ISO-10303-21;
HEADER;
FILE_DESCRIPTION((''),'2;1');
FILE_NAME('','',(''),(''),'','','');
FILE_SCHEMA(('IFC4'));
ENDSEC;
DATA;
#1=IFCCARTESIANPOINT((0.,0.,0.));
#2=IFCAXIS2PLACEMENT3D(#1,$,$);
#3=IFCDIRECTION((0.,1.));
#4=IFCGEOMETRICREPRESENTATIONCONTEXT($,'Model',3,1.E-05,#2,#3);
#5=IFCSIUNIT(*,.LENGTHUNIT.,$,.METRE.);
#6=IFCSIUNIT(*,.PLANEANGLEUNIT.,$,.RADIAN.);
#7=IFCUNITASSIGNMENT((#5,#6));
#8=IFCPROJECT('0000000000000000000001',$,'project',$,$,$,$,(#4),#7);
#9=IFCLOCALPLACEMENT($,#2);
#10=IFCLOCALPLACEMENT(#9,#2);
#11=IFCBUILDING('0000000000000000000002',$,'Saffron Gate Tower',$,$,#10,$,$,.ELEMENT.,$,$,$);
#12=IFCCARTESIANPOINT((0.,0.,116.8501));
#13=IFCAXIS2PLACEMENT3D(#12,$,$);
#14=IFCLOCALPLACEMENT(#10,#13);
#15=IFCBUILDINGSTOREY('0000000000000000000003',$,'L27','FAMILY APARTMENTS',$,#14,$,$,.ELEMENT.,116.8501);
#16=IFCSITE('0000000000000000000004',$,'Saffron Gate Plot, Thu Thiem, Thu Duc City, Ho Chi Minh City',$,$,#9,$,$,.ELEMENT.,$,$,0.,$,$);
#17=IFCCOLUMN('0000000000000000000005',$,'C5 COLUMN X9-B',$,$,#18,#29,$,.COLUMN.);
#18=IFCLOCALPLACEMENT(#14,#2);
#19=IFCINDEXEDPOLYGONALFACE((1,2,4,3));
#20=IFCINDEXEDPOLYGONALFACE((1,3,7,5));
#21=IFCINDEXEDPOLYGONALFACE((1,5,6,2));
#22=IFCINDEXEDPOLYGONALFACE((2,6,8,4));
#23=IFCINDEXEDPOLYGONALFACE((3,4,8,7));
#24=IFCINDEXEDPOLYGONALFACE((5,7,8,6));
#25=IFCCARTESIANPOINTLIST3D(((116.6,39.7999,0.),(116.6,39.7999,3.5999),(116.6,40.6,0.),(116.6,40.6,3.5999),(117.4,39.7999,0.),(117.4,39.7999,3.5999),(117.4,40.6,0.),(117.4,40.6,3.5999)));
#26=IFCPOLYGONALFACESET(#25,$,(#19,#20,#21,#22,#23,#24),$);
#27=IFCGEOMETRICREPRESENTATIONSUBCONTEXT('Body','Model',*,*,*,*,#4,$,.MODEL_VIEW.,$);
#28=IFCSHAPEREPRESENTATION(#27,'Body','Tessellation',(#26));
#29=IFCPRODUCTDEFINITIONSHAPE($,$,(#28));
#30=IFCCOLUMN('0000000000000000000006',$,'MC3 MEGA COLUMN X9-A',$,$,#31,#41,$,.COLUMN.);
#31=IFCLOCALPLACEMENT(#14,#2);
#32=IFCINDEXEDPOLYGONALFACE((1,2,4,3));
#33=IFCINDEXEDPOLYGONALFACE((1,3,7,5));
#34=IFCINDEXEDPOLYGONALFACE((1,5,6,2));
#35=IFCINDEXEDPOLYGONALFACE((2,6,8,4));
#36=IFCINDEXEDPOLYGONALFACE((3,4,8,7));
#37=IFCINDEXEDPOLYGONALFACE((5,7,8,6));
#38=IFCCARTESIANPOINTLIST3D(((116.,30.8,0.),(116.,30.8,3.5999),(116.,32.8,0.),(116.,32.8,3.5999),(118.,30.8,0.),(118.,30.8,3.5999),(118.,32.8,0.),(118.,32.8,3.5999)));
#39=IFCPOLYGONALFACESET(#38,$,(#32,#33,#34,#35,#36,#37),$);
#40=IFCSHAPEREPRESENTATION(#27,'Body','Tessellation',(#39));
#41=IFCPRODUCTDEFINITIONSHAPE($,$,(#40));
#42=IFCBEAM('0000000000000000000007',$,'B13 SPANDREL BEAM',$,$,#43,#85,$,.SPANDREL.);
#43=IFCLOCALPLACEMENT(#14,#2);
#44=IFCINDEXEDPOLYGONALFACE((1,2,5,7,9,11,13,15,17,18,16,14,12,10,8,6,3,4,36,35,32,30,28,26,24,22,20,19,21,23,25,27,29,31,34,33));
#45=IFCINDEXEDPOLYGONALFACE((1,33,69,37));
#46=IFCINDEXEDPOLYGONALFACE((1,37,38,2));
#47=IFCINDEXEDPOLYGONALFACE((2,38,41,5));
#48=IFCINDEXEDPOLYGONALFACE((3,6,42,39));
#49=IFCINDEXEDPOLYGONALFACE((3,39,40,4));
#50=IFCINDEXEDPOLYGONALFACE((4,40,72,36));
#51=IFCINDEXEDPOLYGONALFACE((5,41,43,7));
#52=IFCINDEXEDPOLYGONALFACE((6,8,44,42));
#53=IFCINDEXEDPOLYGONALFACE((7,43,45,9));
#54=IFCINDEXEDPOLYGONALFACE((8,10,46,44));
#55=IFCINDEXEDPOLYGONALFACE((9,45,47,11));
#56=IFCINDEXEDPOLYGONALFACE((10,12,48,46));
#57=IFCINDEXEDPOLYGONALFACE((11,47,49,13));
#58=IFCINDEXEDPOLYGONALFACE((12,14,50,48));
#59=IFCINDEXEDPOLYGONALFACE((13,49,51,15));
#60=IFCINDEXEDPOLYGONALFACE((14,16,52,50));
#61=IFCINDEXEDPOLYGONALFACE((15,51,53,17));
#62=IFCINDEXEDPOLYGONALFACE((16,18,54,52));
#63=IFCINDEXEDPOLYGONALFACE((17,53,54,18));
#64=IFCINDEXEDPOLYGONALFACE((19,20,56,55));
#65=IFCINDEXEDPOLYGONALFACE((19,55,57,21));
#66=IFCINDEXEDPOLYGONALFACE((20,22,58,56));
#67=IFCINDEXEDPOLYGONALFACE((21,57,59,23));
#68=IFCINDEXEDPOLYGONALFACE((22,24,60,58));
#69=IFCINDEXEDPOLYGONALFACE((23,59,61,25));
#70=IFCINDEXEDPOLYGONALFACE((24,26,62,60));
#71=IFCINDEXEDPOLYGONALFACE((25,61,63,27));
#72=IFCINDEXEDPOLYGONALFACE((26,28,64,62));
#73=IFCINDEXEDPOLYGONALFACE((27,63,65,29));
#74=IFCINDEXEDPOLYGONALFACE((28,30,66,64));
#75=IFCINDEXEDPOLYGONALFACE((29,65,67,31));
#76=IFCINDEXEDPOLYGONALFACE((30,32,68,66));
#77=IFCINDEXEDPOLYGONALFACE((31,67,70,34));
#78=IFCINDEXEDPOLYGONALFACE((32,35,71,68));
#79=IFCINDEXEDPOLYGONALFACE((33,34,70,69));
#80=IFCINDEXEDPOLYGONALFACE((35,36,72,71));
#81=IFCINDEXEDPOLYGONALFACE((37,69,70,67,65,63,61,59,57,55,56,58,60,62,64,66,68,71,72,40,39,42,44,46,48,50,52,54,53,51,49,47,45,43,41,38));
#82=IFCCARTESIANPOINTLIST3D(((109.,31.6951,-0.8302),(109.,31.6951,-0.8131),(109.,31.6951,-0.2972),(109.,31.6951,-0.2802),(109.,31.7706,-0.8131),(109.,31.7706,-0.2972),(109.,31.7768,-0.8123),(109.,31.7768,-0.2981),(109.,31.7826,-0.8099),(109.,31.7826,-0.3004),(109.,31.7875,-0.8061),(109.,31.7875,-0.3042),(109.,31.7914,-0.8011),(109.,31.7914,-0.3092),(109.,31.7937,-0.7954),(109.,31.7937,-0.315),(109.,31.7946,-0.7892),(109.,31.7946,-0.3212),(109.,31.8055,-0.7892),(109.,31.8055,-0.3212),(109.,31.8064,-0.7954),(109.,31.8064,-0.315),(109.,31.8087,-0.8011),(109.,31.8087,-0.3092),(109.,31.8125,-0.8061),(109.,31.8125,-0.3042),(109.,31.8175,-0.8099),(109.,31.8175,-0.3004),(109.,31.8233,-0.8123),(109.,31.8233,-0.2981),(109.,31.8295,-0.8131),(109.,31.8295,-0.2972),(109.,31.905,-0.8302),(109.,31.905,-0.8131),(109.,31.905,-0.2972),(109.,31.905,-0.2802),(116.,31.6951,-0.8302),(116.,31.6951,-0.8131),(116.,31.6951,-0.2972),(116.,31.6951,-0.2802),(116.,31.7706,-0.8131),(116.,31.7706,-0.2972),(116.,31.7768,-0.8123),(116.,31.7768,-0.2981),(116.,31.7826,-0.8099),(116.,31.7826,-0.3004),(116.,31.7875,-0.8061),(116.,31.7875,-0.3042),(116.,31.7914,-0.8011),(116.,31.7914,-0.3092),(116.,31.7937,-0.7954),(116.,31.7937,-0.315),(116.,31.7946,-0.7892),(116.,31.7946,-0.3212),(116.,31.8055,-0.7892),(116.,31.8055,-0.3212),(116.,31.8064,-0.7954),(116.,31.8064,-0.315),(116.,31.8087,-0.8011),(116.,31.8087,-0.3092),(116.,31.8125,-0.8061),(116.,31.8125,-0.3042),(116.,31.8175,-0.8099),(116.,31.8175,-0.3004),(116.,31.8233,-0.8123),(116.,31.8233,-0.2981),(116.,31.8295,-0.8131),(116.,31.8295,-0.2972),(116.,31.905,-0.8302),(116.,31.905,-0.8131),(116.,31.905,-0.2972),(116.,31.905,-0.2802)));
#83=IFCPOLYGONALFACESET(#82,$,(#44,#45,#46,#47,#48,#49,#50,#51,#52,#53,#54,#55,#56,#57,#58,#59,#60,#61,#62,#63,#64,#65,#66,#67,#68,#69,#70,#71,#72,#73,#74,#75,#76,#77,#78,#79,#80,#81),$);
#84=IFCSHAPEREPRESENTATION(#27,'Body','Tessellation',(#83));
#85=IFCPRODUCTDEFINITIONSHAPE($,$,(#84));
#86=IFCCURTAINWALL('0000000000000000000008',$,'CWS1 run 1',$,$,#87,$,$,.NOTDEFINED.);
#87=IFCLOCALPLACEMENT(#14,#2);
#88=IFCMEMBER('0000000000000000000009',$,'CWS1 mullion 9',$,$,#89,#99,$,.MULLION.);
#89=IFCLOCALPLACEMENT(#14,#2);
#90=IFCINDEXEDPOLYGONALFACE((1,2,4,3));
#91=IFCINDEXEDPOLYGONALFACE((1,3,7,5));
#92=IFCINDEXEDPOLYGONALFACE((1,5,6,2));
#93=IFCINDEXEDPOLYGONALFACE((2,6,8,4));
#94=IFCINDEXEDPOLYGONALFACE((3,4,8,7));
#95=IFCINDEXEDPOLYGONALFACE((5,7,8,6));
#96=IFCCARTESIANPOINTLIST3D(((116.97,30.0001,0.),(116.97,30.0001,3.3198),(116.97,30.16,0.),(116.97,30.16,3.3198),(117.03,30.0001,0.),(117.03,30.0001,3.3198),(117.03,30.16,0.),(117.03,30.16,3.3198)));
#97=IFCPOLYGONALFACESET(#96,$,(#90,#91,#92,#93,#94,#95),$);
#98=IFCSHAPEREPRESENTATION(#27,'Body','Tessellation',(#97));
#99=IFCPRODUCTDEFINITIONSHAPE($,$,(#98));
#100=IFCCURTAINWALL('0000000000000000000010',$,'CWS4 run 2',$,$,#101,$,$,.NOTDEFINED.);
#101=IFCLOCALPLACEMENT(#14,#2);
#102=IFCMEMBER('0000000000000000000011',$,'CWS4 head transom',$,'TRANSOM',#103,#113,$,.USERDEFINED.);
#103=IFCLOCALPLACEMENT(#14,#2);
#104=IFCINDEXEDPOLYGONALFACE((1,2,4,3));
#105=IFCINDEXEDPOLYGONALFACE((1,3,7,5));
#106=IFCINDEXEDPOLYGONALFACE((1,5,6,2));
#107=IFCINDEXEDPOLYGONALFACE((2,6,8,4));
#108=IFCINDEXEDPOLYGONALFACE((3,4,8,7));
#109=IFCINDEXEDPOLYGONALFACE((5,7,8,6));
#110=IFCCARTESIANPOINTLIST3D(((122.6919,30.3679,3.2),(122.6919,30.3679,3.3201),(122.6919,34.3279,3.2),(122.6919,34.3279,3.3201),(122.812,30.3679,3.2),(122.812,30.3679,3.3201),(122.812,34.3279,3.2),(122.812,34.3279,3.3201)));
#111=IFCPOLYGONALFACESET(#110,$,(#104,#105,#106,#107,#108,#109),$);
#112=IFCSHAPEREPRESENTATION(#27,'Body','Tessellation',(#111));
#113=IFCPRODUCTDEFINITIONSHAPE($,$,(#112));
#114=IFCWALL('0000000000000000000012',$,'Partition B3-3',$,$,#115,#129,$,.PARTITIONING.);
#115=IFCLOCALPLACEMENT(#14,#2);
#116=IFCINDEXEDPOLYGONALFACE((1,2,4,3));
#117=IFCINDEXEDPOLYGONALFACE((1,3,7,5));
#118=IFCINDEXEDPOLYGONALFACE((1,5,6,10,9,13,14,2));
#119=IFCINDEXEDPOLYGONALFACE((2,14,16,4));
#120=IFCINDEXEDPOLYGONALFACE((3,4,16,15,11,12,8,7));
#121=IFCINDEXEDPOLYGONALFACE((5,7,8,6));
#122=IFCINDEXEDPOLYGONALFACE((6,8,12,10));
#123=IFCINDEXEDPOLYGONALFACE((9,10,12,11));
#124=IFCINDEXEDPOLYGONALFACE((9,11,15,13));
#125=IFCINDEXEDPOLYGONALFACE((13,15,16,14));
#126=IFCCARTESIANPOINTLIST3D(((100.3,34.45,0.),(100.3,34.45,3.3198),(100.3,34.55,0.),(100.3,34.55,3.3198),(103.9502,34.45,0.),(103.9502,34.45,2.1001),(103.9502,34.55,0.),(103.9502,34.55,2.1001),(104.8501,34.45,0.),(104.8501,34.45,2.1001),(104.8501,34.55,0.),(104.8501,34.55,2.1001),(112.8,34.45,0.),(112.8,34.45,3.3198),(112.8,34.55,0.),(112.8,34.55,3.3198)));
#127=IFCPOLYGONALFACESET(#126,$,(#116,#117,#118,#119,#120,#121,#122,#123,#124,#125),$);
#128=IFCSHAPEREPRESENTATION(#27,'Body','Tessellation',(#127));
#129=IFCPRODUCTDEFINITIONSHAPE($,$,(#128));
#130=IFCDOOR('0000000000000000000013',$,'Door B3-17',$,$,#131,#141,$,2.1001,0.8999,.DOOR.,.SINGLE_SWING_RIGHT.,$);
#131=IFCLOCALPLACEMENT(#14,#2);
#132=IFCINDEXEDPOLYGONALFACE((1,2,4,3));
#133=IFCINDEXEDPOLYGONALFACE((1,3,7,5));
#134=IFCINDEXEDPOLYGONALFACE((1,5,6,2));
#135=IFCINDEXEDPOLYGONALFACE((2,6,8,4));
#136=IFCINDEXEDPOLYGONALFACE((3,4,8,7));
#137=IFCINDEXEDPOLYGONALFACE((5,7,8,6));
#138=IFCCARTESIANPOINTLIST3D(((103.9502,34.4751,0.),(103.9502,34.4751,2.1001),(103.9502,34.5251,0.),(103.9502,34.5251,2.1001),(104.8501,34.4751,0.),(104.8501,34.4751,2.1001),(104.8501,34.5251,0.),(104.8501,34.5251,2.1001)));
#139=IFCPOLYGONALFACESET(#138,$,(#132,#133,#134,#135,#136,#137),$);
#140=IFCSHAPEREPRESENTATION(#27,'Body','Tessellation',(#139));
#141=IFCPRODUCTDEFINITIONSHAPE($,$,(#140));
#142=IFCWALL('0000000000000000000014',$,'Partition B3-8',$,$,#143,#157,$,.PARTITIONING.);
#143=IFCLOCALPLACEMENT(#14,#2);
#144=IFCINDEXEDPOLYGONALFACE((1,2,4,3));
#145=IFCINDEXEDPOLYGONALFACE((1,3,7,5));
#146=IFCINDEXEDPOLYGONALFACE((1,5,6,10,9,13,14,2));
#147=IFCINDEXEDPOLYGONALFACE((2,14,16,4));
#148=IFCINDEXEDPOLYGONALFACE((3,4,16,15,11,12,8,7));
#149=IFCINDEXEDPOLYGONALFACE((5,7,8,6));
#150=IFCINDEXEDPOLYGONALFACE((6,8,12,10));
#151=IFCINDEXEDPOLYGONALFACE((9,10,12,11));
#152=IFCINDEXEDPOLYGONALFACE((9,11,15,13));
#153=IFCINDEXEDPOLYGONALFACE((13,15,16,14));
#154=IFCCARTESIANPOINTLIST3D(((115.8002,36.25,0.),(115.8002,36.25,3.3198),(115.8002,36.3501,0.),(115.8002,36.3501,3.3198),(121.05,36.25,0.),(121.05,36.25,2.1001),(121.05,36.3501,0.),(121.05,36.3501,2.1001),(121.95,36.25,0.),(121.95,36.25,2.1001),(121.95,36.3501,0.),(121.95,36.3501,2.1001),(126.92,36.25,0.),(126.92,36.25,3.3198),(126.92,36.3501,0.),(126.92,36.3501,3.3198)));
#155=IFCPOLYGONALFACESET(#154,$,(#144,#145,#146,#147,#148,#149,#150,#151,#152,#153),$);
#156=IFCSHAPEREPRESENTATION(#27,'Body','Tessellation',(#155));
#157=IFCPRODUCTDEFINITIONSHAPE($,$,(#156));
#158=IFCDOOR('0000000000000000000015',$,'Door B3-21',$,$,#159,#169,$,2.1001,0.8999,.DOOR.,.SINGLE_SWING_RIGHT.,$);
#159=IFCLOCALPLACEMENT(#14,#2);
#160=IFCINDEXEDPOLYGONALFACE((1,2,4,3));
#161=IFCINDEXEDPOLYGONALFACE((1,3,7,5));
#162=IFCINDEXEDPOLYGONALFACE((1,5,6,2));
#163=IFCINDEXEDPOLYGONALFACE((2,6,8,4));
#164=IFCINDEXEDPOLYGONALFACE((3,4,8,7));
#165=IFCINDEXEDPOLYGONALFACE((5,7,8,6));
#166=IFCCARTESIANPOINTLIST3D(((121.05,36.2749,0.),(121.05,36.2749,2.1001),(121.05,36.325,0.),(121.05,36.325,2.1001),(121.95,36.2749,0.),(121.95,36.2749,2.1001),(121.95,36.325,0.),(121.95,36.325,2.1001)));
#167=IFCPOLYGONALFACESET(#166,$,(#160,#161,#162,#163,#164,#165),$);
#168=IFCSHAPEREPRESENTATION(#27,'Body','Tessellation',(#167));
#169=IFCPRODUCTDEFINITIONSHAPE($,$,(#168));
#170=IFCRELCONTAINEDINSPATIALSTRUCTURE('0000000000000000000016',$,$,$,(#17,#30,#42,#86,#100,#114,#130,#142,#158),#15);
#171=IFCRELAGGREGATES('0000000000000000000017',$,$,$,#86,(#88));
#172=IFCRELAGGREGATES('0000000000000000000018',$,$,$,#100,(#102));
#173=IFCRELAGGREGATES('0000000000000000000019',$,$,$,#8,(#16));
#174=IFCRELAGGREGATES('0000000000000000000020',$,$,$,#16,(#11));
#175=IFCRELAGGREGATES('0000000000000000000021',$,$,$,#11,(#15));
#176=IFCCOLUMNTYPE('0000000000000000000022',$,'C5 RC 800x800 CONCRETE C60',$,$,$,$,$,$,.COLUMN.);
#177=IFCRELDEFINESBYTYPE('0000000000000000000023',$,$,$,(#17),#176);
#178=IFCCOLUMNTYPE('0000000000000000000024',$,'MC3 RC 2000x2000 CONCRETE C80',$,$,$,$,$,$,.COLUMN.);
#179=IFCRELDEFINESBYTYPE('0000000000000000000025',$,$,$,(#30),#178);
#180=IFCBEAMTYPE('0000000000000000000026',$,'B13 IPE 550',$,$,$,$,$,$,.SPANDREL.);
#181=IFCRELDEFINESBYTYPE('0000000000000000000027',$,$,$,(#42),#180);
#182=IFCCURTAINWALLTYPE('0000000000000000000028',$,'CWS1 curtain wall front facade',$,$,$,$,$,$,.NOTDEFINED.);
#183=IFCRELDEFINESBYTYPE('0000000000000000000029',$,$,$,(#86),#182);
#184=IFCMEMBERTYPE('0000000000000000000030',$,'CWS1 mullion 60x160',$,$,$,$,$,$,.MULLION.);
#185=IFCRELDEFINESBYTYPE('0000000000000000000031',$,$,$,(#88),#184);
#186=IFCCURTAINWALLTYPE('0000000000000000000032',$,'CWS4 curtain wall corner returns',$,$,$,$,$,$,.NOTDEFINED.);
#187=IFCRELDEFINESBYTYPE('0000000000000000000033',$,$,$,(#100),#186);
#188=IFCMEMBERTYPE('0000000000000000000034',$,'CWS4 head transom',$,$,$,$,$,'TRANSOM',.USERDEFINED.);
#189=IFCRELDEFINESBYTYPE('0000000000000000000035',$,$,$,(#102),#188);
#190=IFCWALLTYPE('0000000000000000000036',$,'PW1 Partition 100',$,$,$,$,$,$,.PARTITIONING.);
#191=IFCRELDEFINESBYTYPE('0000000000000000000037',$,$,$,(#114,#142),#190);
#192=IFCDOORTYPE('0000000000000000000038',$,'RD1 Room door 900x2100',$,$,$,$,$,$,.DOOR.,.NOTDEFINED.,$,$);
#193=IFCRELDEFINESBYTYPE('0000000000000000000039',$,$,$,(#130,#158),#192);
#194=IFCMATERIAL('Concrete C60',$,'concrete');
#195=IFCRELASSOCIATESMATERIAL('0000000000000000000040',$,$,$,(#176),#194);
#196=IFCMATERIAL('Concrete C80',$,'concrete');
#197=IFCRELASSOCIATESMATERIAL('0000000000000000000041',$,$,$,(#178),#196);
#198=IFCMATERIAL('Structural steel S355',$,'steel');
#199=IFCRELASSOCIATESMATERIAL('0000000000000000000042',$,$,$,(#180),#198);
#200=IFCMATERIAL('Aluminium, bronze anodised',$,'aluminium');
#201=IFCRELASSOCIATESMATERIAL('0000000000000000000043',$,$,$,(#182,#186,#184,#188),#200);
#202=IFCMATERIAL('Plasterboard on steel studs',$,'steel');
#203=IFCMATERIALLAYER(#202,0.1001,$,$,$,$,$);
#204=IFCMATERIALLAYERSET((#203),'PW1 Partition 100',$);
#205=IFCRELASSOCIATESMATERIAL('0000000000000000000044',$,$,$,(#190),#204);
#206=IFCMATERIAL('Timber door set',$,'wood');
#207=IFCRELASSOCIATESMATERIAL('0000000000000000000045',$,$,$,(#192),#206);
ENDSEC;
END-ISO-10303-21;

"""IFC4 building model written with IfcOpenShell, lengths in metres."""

from ifc_helpers import new_model, si_unit, direction, frame, frame_2d, origin, origin_2d, place, context, subcontext, project, spatial, rectangle, i_section, extrude, material, layer, layer_set, material_profile, profile_set, type_object, element, fill, aggregate, save


model = new_model("IFC4")

# Units and contexts
model_context = context("Model", 3, precision=1e-05, world=origin(), true_north=direction((0.0, 1.0)))
body_context = subcontext(model_context, "Body", "Model", "MODEL_VIEW")
ifc_project = project(units=[si_unit("LENGTHUNIT", "METRE"), si_unit("PLANEANGLEUNIT", "RADIAN")], contexts=[model_context])

# Site, building, storey
site_placement = place(None, origin())
site = spatial("IfcSite", under=ifc_project, at=site_placement, Name="Saffron Gate Plot, Thu Thiem, Thu Duc City, Ho Chi Minh City", CompositionType="ELEMENT", RefElevation=0.0)
building_placement = place(site_placement, origin())
building = spatial("IfcBuilding", under=site, at=building_placement, Name="Saffron Gate Tower", CompositionType="ELEMENT")
storey_placement = place(building_placement, frame((0.0, 0.0, 116.8501)))
storey = spatial("IfcBuildingStorey", under=building, at=storey_placement, Name="L27", Description="FAMILY APARTMENTS", CompositionType="ELEMENT", Elevation=116.8501)

# Columns
ifc_material_1 = material(Name="Concrete C60", Category="concrete")
ifc_material_profile_1 = material_profile(ifc_material_1, rectangle(XDim=0.8, YDim=0.8, at=origin_2d()))
ifc_profile_set_1 = profile_set([ifc_material_profile_1], Name="Concrete C60")
column_type_1 = type_object("IfcColumnType", Name="C5 RC 800x800 CONCRETE C60", PredefinedType="COLUMN", material=ifc_profile_set_1)
column_1_placement = place(storey_placement, frame((117.0, 40.2, 0.0), z_axis=(0.0, 0.0, 1.0), x_axis=(1.0, 0.0, 0.0)))
element("IfcColumn", 1, at=column_1_placement, inside=storey, type_object=column_type_1, Name="C5 COLUMN X9-B", PredefinedType="COLUMN", context=body_context, shape_type="SweptSolid", body=[
    extrude(rectangle(XDim=0.8, YDim=0.8, at=origin_2d()), origin(), (0.0, 0.0, 1.0), 3.5999),
])
ifc_material_2 = material(Name="Concrete C80", Category="concrete")
ifc_material_profile_2 = material_profile(ifc_material_2, rectangle(XDim=2.0, YDim=2.0, at=origin_2d()))
ifc_profile_set_2 = profile_set([ifc_material_profile_2], Name="Concrete C80")
column_type_2 = type_object("IfcColumnType", Name="MC3 RC 2000x2000 CONCRETE C80", PredefinedType="COLUMN", material=ifc_profile_set_2)
column_2_placement = place(storey_placement, frame((117.0, 31.8, 0.0), z_axis=(0.0, 0.0, 1.0), x_axis=(1.0, 0.0, 0.0)))
element("IfcColumn", 2, at=column_2_placement, inside=storey, type_object=column_type_2, Name="MC3 MEGA COLUMN X9-A", PredefinedType="COLUMN", context=body_context, shape_type="SweptSolid", body=[
    extrude(rectangle(XDim=2.0, YDim=2.0, at=origin_2d()), origin(), (0.0, 0.0, 1.0), 3.5999),
])

# Beam
ifc_material_3 = material(Name="Structural steel S355", Category="steel")
ifc_material_profile_3 = material_profile(ifc_material_3, i_section(OverallWidth=0.21, OverallDepth=0.55, WebThickness=0.011, FlangeThickness=0.0171, FilletRadius=0.0239, at=origin_2d()))
ifc_profile_set_3 = profile_set([ifc_material_profile_3], Name="Structural steel S355")
beam_type = type_object("IfcBeamType", Name="B13 IPE 550", PredefinedType="SPANDREL", material=ifc_profile_set_3)
beam_placement = place(storey_placement, frame((109.0, 31.8, -0.5552), z_axis=(1.0, 0.0, 0.0), x_axis=(0.0, 1.0, 0.0)))
element("IfcBeam", 3, at=beam_placement, inside=storey, type_object=beam_type, Name="B13 SPANDREL BEAM", PredefinedType="SPANDREL", context=body_context, shape_type="SweptSolid", body=[
    extrude(i_section(OverallWidth=0.21, OverallDepth=0.55, WebThickness=0.011, FlangeThickness=0.0171, FilletRadius=0.0239, at=origin_2d()), origin(), (0.0, 0.0, 1.0), 7.0),
])

# Curtain walls, members
ifc_material_4 = material(Name="Aluminium, bronze anodised", Category="aluminium")
curtain_wall_type_1 = type_object("IfcCurtainWallType", Name="CWS1 curtain wall front facade", PredefinedType="NOTDEFINED", material=ifc_material_4)
curtain_wall_1_placement = place(storey_placement, origin())
curtain_wall_1 = element("IfcCurtainWall", 4, at=curtain_wall_1_placement, inside=storey, type_object=curtain_wall_type_1, Name="CWS1 run 1", PredefinedType="NOTDEFINED")
ifc_material_profile_4 = material_profile(ifc_material_4, rectangle(XDim=0.1599, YDim=0.0601, at=origin_2d()))
ifc_profile_set_4 = profile_set([ifc_material_profile_4], Name="Aluminium, bronze anodised")
member_type_1 = type_object("IfcMemberType", Name="CWS1 mullion 60x160", PredefinedType="MULLION", material=ifc_profile_set_4)
member_1_placement = place(storey_placement, frame((117.0, 30.0801, 0.0), z_axis=(0.0, 0.0, 1.0), x_axis=(0.0, 1.0, 0.0)))
member_1 = element("IfcMember", 5, at=member_1_placement, type_object=member_type_1, Name="CWS1 mullion 9", PredefinedType="MULLION", context=body_context, shape_type="SweptSolid", body=[
    extrude(rectangle(XDim=0.1599, YDim=0.0601, at=origin_2d()), origin(), (0.0, 0.0, 1.0), 3.3198),
])
aggregate(curtain_wall_1, [member_1])
curtain_wall_type_2 = type_object("IfcCurtainWallType", Name="CWS4 curtain wall corner returns", PredefinedType="NOTDEFINED", material=ifc_material_4)
curtain_wall_2_placement = place(storey_placement, origin())
curtain_wall_2 = element("IfcCurtainWall", 6, at=curtain_wall_2_placement, inside=storey, type_object=curtain_wall_type_2, Name="CWS4 run 2", PredefinedType="NOTDEFINED")
ifc_material_profile_5 = material_profile(ifc_material_4, rectangle(XDim=0.1201, YDim=0.1201, at=origin_2d()))
ifc_profile_set_5 = profile_set([ifc_material_profile_5], Name="Aluminium, bronze anodised")
member_type_2 = type_object("IfcMemberType", Name="CWS4 head transom", ElementType="TRANSOM", PredefinedType="USERDEFINED", material=ifc_profile_set_5)
member_2_placement = place(storey_placement, frame((122.752, 30.3679, 3.26), z_axis=(0.0, 1.0, 0.0), x_axis=(-1.0, 0.0, 0.0)))
member_2 = element("IfcMember", 7, at=member_2_placement, type_object=member_type_2, Name="CWS4 head transom", ObjectType="TRANSOM", PredefinedType="USERDEFINED", context=body_context, shape_type="SweptSolid", body=[
    extrude(rectangle(XDim=0.1201, YDim=0.1201, at=origin_2d()), origin(), (0.0, 0.0, 1.0), 3.96),
])
aggregate(curtain_wall_2, [member_2])

# Walls, openings, doors
ifc_material_5 = material(Name="Plasterboard on steel studs", Category="steel")
ifc_layer = layer(ifc_material_5, 0.1001)
ifc_layer_set = layer_set([ifc_layer], Name="PW1 Partition 100")
wall_type = type_object("IfcWallType", Name="PW1 Partition 100", PredefinedType="PARTITIONING", material=ifc_layer_set)
wall_1_placement = place(storey_placement, frame((112.8, 34.5, 0.0), z_axis=(0.0, 0.0, 1.0), x_axis=(-1.0, 0.0, 0.0)))
wall_1 = element("IfcWall", 8, at=wall_1_placement, inside=storey, type_object=wall_type, Name="Partition B3-3", PredefinedType="PARTITIONING", context=body_context, shape_type="SweptSolid", body=[
    extrude(rectangle(XDim=12.5, YDim=0.1001, at=frame_2d((6.25, 0.0))), origin(), (0.0, 0.0, 1.0), 3.3198),
])
opening_1_placement = place(wall_1_placement, frame((7.95, 0.0, 0.0)))
opening_1 = element("IfcOpeningElement", 9, at=opening_1_placement, cuts=wall_1, PredefinedType="OPENING", context=body_context, shape_type="SweptSolid", body=[
    extrude(rectangle(XDim=0.8999, YDim=2.1001, at=frame_2d((0.45, 1.05))), frame((0.0, 0.0601, 0.0), z_axis=(0.0, -1.0, 0.0), x_axis=(1.0, 0.0, 0.0)), (0.0, 0.0, 1.0), 0.1201),
])
ifc_material_6 = material(Name="Timber door set", Category="wood")
door_type = type_object("IfcDoorType", Name="RD1 Room door 900x2100", OperationType="NOTDEFINED", PredefinedType="DOOR", material=ifc_material_6)
door_1_placement = place(opening_1_placement, origin())
door_1 = element("IfcDoor", 10, at=door_1_placement, inside=storey, type_object=door_type, Name="Door B3-17", OperationType="SINGLE_SWING_RIGHT", OverallHeight=2.1001, OverallWidth=0.8999, PredefinedType="DOOR", context=body_context, shape_type="SweptSolid", body=[
    extrude(rectangle(XDim=0.8999, YDim=2.1001, at=frame_2d((0.45, 1.05))), frame((0.0, 0.0249, 0.0), z_axis=(0.0, -1.0, 0.0), x_axis=(1.0, 0.0, 0.0)), (0.0, 0.0, 1.0), 0.05),
])
fill(opening_1, door_1)
wall_2_placement = place(storey_placement, frame((115.8, 36.3, 0.0), z_axis=(0.0, 0.0, 1.0), x_axis=(1.0, 0.0, 0.0)))
wall_2 = element("IfcWall", 11, at=wall_2_placement, inside=storey, type_object=wall_type, Name="Partition B3-8", PredefinedType="PARTITIONING", context=body_context, shape_type="SweptSolid", body=[
    extrude(rectangle(XDim=11.1199, YDim=0.1001, at=frame_2d((5.5601, 0.0))), origin(), (0.0, 0.0, 1.0), 3.3198),
])
opening_2_placement = place(wall_2_placement, frame((5.25, 0.0, 0.0)))
opening_2 = element("IfcOpeningElement", 12, at=opening_2_placement, cuts=wall_2, PredefinedType="OPENING", context=body_context, shape_type="SweptSolid", body=[
    extrude(rectangle(XDim=0.8999, YDim=2.1001, at=frame_2d((0.45, 1.05))), frame((0.0, 0.0601, 0.0), z_axis=(0.0, -1.0, 0.0), x_axis=(1.0, 0.0, 0.0)), (0.0, 0.0, 1.0), 0.1201),
])
door_2_placement = place(opening_2_placement, origin())
door_2 = element("IfcDoor", 13, at=door_2_placement, inside=storey, type_object=door_type, Name="Door B3-21", OperationType="SINGLE_SWING_RIGHT", OverallHeight=2.1001, OverallWidth=0.8999, PredefinedType="DOOR", context=body_context, shape_type="SweptSolid", body=[
    extrude(rectangle(XDim=0.8999, YDim=2.1001, at=frame_2d((0.45, 1.05))), frame((0.0, 0.0249, 0.0), z_axis=(0.0, -1.0, 0.0), x_axis=(1.0, 0.0, 0.0)), (0.0, 0.0, 1.0), 0.05),
])
fill(opening_2, door_2)

save(model, "model.ifc")
